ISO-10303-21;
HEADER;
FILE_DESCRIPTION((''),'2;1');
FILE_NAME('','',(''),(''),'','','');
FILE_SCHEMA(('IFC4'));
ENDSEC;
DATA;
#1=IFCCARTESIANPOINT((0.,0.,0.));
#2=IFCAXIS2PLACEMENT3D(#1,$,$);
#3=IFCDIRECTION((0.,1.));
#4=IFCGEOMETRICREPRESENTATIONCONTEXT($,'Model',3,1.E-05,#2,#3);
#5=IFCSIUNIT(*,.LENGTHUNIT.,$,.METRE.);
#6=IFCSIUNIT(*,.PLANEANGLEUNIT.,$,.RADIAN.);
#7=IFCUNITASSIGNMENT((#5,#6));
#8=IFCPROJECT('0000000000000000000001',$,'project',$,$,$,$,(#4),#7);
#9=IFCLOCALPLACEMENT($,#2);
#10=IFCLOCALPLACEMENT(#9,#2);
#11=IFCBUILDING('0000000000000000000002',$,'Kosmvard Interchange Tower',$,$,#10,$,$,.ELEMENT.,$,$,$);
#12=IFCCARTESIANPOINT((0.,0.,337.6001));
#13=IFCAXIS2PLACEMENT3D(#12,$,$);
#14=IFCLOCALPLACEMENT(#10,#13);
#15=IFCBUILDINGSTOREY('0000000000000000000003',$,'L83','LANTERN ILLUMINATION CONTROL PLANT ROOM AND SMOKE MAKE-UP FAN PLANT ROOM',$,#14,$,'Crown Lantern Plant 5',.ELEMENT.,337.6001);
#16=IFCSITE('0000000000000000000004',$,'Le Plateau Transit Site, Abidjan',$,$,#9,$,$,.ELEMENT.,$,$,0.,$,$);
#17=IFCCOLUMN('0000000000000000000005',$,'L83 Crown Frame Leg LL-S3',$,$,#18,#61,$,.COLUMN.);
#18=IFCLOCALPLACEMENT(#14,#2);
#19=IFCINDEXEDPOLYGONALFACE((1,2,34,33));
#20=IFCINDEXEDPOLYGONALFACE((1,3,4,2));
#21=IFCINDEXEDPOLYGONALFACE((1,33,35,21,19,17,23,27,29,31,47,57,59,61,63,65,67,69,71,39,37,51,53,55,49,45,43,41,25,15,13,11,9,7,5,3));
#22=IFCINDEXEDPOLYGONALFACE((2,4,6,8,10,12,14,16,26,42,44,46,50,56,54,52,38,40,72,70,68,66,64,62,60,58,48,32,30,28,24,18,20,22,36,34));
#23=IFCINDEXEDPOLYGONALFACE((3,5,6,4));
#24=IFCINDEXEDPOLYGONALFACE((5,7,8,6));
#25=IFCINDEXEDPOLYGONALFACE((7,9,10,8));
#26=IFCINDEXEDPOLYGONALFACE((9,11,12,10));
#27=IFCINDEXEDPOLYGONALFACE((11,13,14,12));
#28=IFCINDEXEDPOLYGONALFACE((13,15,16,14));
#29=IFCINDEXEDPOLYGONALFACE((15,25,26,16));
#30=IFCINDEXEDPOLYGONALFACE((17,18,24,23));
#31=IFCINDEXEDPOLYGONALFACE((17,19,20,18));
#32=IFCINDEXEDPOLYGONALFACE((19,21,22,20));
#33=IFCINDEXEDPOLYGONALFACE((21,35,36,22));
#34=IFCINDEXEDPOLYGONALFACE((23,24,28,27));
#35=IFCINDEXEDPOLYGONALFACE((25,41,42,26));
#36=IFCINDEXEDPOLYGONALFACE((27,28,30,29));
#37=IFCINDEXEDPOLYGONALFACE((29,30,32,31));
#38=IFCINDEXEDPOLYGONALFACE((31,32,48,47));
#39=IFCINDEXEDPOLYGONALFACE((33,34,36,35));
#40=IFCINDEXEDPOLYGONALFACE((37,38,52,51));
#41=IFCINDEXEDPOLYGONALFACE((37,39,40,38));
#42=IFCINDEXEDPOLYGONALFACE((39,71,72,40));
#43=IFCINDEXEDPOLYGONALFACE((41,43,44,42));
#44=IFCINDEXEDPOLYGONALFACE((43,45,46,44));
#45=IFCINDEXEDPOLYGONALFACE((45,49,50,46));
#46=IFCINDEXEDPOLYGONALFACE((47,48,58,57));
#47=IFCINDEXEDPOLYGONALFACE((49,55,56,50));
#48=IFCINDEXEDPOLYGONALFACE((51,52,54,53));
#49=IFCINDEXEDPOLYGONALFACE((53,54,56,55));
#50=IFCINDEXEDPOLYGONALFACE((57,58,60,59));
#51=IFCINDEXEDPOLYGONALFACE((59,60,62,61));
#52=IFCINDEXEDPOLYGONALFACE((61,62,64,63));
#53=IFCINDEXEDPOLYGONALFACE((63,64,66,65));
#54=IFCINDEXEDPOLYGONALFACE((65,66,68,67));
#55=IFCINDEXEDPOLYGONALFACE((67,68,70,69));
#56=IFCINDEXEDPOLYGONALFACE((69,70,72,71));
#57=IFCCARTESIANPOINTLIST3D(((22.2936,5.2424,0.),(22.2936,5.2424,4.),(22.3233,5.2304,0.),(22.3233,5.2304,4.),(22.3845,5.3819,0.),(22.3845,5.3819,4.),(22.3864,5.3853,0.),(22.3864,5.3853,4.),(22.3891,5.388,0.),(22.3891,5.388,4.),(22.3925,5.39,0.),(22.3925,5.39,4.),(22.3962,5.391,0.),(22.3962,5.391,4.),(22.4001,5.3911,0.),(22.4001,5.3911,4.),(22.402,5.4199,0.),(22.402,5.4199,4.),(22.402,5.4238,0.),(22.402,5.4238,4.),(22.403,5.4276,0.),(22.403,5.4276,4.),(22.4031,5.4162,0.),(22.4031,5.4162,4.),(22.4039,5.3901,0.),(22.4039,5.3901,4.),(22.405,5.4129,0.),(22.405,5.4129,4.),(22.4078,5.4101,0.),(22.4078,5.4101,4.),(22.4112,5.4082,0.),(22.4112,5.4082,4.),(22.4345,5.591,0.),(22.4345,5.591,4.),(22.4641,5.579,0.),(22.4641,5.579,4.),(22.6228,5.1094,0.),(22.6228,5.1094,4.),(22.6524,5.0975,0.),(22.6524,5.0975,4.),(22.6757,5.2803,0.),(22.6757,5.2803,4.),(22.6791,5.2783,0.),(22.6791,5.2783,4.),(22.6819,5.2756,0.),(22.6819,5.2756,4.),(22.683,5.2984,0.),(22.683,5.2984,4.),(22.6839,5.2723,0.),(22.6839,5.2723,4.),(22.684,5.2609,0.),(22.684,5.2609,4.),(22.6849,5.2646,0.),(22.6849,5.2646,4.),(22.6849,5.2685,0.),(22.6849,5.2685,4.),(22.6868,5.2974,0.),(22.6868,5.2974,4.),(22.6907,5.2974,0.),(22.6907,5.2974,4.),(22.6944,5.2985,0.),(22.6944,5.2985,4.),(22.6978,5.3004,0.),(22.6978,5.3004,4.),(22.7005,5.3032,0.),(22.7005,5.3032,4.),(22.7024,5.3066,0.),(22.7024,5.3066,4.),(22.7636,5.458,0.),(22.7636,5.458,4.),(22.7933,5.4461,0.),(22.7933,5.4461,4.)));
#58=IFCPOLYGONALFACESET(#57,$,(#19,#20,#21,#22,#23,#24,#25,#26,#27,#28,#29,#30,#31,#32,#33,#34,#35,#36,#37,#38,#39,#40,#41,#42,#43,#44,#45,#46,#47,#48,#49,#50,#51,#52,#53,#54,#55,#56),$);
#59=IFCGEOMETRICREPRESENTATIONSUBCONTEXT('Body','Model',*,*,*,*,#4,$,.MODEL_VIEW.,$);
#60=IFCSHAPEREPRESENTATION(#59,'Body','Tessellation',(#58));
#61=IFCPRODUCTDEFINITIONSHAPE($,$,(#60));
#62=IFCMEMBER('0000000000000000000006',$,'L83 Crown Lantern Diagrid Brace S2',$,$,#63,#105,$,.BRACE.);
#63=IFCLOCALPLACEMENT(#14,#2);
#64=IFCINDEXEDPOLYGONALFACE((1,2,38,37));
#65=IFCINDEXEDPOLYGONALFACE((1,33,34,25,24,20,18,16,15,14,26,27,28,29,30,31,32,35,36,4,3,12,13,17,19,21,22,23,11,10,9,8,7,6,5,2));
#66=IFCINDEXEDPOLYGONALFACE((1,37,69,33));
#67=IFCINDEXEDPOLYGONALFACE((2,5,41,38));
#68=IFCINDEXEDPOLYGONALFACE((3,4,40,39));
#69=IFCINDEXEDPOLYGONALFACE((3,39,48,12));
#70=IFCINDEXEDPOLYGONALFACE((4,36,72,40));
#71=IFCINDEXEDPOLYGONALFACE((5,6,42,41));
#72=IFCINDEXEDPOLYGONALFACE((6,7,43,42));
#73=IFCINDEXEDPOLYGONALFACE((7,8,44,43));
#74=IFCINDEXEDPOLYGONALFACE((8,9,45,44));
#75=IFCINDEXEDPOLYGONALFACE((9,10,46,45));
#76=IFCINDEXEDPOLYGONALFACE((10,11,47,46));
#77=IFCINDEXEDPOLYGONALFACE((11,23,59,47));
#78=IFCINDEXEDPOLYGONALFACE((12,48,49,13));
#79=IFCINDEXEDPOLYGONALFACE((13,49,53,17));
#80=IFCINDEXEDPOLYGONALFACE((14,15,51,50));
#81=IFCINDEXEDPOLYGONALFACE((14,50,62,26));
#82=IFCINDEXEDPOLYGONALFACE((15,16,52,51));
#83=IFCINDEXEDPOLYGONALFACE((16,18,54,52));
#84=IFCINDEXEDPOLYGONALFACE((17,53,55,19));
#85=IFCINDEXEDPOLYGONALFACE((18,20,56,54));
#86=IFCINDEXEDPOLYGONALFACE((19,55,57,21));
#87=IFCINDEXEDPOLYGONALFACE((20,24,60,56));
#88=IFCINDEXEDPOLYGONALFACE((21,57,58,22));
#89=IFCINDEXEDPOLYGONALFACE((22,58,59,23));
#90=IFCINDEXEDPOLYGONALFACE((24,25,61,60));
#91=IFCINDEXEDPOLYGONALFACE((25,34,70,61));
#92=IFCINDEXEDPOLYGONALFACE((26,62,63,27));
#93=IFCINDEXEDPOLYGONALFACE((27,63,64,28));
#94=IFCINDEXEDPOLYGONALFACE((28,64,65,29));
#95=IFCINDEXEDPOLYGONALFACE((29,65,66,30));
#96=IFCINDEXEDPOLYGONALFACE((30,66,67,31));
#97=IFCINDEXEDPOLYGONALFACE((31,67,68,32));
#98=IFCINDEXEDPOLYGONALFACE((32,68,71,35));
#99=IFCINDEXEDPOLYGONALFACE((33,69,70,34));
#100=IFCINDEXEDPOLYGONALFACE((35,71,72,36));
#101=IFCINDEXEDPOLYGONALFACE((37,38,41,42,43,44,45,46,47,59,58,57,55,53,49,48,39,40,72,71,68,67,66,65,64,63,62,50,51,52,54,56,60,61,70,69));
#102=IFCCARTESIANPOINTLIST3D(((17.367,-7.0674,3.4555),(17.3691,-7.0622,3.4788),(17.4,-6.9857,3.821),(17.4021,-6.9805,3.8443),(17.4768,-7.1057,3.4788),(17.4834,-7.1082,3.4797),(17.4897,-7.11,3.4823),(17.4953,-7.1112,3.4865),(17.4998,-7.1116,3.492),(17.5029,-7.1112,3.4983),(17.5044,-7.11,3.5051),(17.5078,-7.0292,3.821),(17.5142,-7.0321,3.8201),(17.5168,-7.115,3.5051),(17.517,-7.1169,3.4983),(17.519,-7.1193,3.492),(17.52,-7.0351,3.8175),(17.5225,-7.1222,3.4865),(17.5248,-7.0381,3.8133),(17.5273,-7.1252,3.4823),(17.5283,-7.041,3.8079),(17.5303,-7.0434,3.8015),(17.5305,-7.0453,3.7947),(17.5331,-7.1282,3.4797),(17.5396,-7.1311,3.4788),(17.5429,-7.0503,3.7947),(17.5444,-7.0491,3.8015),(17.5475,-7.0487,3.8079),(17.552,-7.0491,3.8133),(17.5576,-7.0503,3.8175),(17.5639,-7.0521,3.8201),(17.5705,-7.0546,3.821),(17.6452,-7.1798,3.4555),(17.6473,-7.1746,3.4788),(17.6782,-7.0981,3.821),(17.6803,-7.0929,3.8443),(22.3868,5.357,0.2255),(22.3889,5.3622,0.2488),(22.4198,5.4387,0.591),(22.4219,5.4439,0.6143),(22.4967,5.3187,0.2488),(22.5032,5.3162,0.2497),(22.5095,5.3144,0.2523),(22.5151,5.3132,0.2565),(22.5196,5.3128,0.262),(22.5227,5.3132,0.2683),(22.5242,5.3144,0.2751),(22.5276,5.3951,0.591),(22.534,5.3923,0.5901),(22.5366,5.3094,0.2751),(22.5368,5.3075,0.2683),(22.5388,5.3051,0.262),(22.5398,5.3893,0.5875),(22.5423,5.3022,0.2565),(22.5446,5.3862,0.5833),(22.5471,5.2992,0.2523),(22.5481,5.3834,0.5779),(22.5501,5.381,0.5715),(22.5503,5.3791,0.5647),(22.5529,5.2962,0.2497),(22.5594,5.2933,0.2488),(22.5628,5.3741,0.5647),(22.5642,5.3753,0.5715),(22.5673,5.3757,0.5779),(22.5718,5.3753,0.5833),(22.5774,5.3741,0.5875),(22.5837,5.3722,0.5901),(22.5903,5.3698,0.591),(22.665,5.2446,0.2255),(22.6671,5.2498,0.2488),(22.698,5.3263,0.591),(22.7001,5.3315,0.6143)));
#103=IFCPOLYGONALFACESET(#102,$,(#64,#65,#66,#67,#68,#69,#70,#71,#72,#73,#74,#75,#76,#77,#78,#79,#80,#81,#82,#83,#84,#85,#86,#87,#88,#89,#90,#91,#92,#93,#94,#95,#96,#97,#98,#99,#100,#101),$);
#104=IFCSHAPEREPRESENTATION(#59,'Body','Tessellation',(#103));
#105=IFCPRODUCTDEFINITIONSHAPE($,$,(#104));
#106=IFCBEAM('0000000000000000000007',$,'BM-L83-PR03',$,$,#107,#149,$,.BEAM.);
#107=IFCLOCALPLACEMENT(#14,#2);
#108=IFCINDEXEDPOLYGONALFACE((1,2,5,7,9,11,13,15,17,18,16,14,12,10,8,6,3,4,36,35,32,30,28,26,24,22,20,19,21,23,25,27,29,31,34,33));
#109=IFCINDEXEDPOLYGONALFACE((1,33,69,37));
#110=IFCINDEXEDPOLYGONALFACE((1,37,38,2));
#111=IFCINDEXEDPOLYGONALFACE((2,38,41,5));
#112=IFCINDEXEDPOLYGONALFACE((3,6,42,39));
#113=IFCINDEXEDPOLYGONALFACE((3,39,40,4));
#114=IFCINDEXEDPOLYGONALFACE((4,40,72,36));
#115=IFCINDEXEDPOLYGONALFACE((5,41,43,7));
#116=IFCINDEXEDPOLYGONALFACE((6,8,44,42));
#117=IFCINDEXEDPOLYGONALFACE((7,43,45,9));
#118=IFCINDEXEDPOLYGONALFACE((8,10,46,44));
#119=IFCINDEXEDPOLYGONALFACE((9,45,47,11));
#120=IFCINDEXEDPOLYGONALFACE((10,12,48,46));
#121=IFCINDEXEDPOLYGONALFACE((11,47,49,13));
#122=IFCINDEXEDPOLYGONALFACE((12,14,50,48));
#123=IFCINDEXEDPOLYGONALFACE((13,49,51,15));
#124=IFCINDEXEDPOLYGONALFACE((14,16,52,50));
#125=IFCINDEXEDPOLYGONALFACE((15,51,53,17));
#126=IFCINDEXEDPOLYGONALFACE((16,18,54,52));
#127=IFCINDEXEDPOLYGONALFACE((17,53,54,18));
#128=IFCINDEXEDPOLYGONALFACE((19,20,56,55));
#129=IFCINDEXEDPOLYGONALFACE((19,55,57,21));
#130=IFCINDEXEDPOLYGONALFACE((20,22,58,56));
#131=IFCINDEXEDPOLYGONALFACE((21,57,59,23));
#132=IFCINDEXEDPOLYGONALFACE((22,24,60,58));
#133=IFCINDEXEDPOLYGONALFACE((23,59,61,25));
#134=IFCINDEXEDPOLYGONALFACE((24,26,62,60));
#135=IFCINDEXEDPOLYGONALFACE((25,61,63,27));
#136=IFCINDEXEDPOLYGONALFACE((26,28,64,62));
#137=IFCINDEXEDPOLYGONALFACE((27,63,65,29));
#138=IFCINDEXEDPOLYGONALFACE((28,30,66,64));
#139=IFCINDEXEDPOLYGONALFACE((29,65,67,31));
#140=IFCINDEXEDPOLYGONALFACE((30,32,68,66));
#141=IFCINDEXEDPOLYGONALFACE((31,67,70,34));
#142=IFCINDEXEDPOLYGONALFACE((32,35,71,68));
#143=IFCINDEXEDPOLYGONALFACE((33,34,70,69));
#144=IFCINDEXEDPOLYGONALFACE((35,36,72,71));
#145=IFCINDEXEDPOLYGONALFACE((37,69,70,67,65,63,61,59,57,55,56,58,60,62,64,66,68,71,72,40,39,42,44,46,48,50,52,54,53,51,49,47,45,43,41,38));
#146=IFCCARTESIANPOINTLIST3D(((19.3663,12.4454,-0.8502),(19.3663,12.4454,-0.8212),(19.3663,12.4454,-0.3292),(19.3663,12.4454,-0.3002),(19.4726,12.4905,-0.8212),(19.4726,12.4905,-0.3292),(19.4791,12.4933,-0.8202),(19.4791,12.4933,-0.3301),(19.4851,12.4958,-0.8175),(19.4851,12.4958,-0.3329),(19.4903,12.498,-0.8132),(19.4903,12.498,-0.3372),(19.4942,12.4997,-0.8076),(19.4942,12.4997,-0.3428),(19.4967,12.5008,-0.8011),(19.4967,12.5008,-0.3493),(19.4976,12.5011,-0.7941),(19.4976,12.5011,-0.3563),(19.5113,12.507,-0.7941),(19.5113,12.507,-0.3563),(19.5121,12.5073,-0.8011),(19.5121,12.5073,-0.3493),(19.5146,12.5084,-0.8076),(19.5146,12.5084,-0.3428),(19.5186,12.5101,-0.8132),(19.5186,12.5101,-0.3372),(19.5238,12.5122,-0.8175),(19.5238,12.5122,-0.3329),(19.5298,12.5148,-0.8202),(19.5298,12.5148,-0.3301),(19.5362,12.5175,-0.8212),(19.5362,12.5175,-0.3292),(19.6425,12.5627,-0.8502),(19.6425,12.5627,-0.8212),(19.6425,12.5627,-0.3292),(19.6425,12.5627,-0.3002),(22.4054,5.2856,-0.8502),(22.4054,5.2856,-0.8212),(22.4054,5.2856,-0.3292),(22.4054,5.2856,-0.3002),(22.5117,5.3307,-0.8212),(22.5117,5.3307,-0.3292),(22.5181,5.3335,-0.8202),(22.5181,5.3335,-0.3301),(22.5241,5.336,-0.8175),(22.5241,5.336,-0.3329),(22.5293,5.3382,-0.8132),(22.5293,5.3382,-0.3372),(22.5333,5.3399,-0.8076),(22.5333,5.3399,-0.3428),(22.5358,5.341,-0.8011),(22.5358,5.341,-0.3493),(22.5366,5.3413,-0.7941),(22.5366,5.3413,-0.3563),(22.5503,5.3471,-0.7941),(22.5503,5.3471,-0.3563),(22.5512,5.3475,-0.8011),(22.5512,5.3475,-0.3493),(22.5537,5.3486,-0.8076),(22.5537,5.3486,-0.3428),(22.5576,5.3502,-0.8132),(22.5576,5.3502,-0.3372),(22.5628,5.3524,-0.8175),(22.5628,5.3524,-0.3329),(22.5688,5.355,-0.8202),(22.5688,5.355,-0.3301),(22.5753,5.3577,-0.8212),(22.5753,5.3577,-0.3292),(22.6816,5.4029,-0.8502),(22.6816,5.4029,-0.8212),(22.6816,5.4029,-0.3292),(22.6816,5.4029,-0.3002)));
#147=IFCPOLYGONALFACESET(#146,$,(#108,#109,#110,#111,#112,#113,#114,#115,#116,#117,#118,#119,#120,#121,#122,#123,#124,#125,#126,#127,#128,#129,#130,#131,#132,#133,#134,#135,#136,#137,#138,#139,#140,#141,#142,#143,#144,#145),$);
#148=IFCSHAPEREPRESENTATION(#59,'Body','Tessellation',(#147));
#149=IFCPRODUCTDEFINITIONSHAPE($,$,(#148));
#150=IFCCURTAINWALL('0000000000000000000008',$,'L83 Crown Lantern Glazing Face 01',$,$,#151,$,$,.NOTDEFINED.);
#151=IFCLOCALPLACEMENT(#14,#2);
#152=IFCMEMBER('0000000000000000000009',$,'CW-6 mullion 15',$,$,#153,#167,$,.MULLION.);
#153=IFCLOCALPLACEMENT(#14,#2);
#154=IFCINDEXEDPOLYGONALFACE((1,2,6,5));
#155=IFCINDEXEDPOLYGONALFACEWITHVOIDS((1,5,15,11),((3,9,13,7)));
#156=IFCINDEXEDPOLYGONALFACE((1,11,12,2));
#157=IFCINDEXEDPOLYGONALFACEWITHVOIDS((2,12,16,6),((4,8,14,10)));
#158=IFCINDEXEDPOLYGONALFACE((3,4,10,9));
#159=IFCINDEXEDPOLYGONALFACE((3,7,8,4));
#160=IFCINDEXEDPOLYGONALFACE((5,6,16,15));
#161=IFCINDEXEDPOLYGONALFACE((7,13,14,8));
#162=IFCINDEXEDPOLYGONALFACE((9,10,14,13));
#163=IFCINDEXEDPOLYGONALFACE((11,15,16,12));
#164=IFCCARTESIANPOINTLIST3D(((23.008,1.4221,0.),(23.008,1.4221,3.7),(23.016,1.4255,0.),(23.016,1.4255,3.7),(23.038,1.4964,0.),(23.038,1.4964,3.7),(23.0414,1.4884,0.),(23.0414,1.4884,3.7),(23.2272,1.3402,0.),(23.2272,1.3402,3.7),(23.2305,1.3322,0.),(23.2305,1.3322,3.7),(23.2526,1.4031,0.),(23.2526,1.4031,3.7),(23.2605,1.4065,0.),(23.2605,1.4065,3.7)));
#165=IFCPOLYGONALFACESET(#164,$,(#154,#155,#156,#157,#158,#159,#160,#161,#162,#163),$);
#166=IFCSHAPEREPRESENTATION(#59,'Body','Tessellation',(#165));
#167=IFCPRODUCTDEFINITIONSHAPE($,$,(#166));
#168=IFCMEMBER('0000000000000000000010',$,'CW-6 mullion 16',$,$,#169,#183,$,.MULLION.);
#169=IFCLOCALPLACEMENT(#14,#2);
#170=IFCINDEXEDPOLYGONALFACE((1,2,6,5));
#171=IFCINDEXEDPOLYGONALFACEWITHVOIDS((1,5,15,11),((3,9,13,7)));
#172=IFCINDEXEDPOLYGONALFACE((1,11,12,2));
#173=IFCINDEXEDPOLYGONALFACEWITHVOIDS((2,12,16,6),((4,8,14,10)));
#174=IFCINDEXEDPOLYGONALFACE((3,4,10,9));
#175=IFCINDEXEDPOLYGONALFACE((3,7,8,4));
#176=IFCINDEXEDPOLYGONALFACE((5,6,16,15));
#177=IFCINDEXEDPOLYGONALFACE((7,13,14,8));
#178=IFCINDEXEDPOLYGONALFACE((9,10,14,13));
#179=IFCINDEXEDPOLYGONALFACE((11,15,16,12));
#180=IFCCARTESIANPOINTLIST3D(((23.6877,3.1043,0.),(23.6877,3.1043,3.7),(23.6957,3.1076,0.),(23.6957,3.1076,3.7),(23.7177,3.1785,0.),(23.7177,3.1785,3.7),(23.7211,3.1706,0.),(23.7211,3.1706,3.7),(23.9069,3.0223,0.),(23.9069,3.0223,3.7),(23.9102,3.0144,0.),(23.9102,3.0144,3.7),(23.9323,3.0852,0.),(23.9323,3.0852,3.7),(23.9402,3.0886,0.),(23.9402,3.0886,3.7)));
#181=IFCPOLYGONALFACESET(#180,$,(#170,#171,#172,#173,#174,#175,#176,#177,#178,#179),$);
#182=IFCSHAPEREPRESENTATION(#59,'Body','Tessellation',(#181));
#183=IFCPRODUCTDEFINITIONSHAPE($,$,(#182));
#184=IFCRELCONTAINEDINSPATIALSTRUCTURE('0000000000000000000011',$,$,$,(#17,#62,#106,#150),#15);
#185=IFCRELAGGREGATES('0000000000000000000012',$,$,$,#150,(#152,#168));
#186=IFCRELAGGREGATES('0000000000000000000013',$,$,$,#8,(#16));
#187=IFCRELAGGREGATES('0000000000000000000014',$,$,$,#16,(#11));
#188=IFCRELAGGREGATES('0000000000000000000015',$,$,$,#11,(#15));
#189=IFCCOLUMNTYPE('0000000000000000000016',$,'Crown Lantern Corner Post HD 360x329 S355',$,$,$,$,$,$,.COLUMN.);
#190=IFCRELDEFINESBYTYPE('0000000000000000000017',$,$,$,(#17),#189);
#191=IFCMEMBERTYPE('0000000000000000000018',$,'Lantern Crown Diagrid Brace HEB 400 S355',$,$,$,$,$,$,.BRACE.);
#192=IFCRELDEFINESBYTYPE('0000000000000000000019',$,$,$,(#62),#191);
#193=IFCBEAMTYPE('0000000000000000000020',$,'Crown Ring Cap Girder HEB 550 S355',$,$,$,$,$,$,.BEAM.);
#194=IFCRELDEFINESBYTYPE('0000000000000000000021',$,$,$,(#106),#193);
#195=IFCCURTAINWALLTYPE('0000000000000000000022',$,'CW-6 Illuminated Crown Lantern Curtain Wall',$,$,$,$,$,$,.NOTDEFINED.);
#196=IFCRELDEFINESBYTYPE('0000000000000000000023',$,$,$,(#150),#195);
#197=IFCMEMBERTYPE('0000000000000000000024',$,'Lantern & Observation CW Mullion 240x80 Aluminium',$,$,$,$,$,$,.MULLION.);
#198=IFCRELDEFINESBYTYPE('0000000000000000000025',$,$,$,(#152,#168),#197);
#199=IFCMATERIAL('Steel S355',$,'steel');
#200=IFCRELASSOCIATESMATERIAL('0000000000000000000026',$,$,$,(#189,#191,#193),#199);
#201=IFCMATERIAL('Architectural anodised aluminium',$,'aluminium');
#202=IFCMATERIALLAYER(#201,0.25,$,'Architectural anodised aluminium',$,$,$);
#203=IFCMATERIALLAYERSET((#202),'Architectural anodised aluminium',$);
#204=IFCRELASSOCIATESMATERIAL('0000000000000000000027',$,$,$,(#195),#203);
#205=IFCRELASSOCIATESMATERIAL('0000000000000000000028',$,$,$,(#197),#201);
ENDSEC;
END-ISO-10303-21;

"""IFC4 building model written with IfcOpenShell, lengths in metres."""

from ifc_helpers import new_model, si_unit, direction, frame, origin, origin_2d, place, context, subcontext, project, spatial, hollow_rectangle, i_section, extrude, source, transform, mapped, material, layer, layer_set, material_profile, profile_set, type_object, element, aggregate, save


model = new_model("IFC4")

# Units and contexts
model_context = context("Model", 3, precision=1e-05, world=origin(), true_north=direction((0.0, 1.0)))
body_context = subcontext(model_context, "Body", "Model", "MODEL_VIEW")
ifc_project = project(units=[si_unit("LENGTHUNIT", "METRE"), si_unit("PLANEANGLEUNIT", "RADIAN")], contexts=[model_context])

# Site, building, storey
site_placement = place(None, origin())
site = spatial("IfcSite", under=ifc_project, at=site_placement, Name="Le Plateau Transit Site, Abidjan", CompositionType="ELEMENT", RefElevation=0.0)
building_placement = place(site_placement, origin())
building = spatial("IfcBuilding", under=site, at=building_placement, Name="Kosmvard Interchange Tower", CompositionType="ELEMENT")
storey_placement = place(building_placement, frame((0.0, 0.0, 337.6001)))
storey = spatial("IfcBuildingStorey", under=building, at=storey_placement, Name="L83", Description="LANTERN ILLUMINATION CONTROL PLANT ROOM AND SMOKE MAKE-UP FAN PLANT ROOM", LongName="Crown Lantern Plant 5", CompositionType="ELEMENT", Elevation=337.6001)

# Column
ifc_material_1 = material(Name="Steel S355", Category="steel")
ifc_material_profile_1 = material_profile(ifc_material_1, i_section(OverallWidth=0.376, OverallDepth=0.387, WebThickness=0.0195, FlangeThickness=0.032, FilletRadius=0.0149, at=origin_2d()), Name="HD 360x329")
ifc_profile_set_1 = profile_set([ifc_material_profile_1], Name="Steel S355")
column_type = type_object("IfcColumnType", Name="Crown Lantern Corner Post HD 360x329 S355", PredefinedType="COLUMN", material=ifc_profile_set_1)
shared_shape_1 = source(origin(), body_context, "Body", "SweptSolid", [
    extrude(i_section(OverallWidth=0.376, OverallDepth=0.387, WebThickness=0.0195, FlangeThickness=0.032, FilletRadius=0.0149, at=origin_2d()), origin(), (0.0, 0.0, 1.0), 4.0),
])
column_placement = place(storey_placement, frame((22.5435, 5.3442, 0.0), z_axis=(0.0, 0.0, 1.0), x_axis=(0.374607, 0.927184, 0.0)))
element("IfcColumn", 1, at=column_placement, inside=storey, type_object=column_type, Name="L83 Crown Frame Leg LL-S3", PredefinedType="COLUMN", context=body_context, shape_type="MappedRepresentation", body=[
    mapped(shared_shape_1, transform((0.0, 0.0, 0.0), scale=1.0)),
])

# Member
ifc_material_profile_2 = material_profile(ifc_material_1, i_section(OverallWidth=0.3, OverallDepth=0.3999, WebThickness=0.0134, FlangeThickness=0.0239, FilletRadius=0.0271, at=origin_2d()), Name="HEB 400")
ifc_profile_set_2 = profile_set([ifc_material_profile_2], Name="Steel S355")
member_type_1 = type_object("IfcMemberType", Name="Lantern Crown Diagrid Brace HEB 400 S355", PredefinedType="BRACE", material=ifc_profile_set_2)
shared_shape_2 = source(origin(), body_context, "Body", "SweptSolid", [
    extrude(i_section(OverallWidth=0.3, OverallDepth=0.3999, WebThickness=0.0134, FlangeThickness=0.0239, FilletRadius=0.0271, at=origin_2d()), origin(), (0.0, 0.0, 1.0), 13.7839),
])
member_1_placement = place(storey_placement, frame((22.5435, 5.3442, 0.4199), z_axis=(-0.364178, -0.901368, 0.234331), x_axis=(0.927183, -0.374608, 0.0)))
element("IfcMember", 2, at=member_1_placement, inside=storey, type_object=member_type_1, Name="L83 Crown Lantern Diagrid Brace S2", PredefinedType="BRACE", context=body_context, shape_type="MappedRepresentation", body=[
    mapped(shared_shape_2, transform((0.0, 0.0, 0.0), scale=1.0)),
])

# Beam
ifc_material_profile_3 = material_profile(ifc_material_1, i_section(OverallWidth=0.3, OverallDepth=0.55, WebThickness=0.0149, FlangeThickness=0.0291, FilletRadius=0.0271, at=origin_2d()), Name="HEB 550")
ifc_profile_set_3 = profile_set([ifc_material_profile_3], Name="Steel S355")
beam_type = type_object("IfcBeamType", Name="Crown Ring Cap Girder HEB 550 S355", PredefinedType="BEAM", material=ifc_profile_set_3)
shared_shape_3 = source(origin(), body_context, "Body", "SweptSolid", [
    extrude(i_section(OverallWidth=0.3, OverallDepth=0.55, WebThickness=0.0149, FlangeThickness=0.0291, FilletRadius=0.0271, at=origin_2d()), origin(), (0.0, 0.0, 1.0), 7.7781),
])
beam_placement = place(storey_placement, frame((22.5435, 5.3442, -0.5752), z_axis=(-0.390716, 0.920511, 0.0), x_axis=(-0.920511, -0.390716, 0.0)))
element("IfcBeam", 3, at=beam_placement, inside=storey, type_object=beam_type, Name="BM-L83-PR03", PredefinedType="BEAM", context=body_context, shape_type="MappedRepresentation", body=[
    mapped(shared_shape_3, transform((0.0, 0.0, 0.0), scale=1.0)),
])

# Curtain wall, members
ifc_material_2 = material(Name="Architectural anodised aluminium", Category="aluminium")
ifc_layer_1 = layer(ifc_material_2, 0.25, Name="Architectural anodised aluminium")
ifc_layer_set_1 = layer_set([ifc_layer_1], Name="Architectural anodised aluminium")
curtain_wall_type = type_object("IfcCurtainWallType", Name="CW-6 Illuminated Crown Lantern Curtain Wall", PredefinedType="NOTDEFINED", material=ifc_layer_set_1)
curtain_wall_placement = place(storey_placement, origin())
curtain_wall = element("IfcCurtainWall", 4, at=curtain_wall_placement, inside=storey, type_object=curtain_wall_type, Name="L83 Crown Lantern Glazing Face 01", PredefinedType="NOTDEFINED")
ifc_material_profile_4 = material_profile(ifc_material_2, hollow_rectangle(XDim=0.24, YDim=0.0801, WallThickness=0.0061, at=origin_2d()), Name="CWM 240x80x6")
ifc_profile_set_4 = profile_set([ifc_material_profile_4], Name="Architectural anodised aluminium")
member_type_2 = type_object("IfcMemberType", Name="Lantern & Observation CW Mullion 240x80 Aluminium", PredefinedType="MULLION", material=ifc_profile_set_4)
shared_shape_4 = source(origin(), body_context, "Body", "SweptSolid", [
    extrude(hollow_rectangle(XDim=0.24, YDim=0.0801, WallThickness=0.0061, at=origin_2d()), origin(), (0.0, 0.0, 1.0), 3.7),
])
member_2_placement = place(storey_placement, frame((23.1343, 1.4143, 0.0), z_axis=(0.0, 0.0, 1.0), x_axis=(-0.927184, 0.374607, 0.0)))
member_2 = element("IfcMember", 5, at=member_2_placement, type_object=member_type_2, Name="CW-6 mullion 15", PredefinedType="MULLION", context=body_context, shape_type="MappedRepresentation", body=[
    mapped(shared_shape_4, transform((0.0, 0.0, 0.0), scale=1.0)),
])
member_3_placement = place(storey_placement, frame((23.814, 3.0964, 0.0), z_axis=(0.0, 0.0, 1.0), x_axis=(-0.927184, 0.374607, 0.0)))
member_3 = element("IfcMember", 6, at=member_3_placement, type_object=member_type_2, Name="CW-6 mullion 16", PredefinedType="MULLION", context=body_context, shape_type="MappedRepresentation", body=[
    mapped(shared_shape_4, transform((0.0, 0.0, 0.0), scale=1.0)),
])

aggregate(curtain_wall, [member_2, member_3])

save(model, "model.ifc")
